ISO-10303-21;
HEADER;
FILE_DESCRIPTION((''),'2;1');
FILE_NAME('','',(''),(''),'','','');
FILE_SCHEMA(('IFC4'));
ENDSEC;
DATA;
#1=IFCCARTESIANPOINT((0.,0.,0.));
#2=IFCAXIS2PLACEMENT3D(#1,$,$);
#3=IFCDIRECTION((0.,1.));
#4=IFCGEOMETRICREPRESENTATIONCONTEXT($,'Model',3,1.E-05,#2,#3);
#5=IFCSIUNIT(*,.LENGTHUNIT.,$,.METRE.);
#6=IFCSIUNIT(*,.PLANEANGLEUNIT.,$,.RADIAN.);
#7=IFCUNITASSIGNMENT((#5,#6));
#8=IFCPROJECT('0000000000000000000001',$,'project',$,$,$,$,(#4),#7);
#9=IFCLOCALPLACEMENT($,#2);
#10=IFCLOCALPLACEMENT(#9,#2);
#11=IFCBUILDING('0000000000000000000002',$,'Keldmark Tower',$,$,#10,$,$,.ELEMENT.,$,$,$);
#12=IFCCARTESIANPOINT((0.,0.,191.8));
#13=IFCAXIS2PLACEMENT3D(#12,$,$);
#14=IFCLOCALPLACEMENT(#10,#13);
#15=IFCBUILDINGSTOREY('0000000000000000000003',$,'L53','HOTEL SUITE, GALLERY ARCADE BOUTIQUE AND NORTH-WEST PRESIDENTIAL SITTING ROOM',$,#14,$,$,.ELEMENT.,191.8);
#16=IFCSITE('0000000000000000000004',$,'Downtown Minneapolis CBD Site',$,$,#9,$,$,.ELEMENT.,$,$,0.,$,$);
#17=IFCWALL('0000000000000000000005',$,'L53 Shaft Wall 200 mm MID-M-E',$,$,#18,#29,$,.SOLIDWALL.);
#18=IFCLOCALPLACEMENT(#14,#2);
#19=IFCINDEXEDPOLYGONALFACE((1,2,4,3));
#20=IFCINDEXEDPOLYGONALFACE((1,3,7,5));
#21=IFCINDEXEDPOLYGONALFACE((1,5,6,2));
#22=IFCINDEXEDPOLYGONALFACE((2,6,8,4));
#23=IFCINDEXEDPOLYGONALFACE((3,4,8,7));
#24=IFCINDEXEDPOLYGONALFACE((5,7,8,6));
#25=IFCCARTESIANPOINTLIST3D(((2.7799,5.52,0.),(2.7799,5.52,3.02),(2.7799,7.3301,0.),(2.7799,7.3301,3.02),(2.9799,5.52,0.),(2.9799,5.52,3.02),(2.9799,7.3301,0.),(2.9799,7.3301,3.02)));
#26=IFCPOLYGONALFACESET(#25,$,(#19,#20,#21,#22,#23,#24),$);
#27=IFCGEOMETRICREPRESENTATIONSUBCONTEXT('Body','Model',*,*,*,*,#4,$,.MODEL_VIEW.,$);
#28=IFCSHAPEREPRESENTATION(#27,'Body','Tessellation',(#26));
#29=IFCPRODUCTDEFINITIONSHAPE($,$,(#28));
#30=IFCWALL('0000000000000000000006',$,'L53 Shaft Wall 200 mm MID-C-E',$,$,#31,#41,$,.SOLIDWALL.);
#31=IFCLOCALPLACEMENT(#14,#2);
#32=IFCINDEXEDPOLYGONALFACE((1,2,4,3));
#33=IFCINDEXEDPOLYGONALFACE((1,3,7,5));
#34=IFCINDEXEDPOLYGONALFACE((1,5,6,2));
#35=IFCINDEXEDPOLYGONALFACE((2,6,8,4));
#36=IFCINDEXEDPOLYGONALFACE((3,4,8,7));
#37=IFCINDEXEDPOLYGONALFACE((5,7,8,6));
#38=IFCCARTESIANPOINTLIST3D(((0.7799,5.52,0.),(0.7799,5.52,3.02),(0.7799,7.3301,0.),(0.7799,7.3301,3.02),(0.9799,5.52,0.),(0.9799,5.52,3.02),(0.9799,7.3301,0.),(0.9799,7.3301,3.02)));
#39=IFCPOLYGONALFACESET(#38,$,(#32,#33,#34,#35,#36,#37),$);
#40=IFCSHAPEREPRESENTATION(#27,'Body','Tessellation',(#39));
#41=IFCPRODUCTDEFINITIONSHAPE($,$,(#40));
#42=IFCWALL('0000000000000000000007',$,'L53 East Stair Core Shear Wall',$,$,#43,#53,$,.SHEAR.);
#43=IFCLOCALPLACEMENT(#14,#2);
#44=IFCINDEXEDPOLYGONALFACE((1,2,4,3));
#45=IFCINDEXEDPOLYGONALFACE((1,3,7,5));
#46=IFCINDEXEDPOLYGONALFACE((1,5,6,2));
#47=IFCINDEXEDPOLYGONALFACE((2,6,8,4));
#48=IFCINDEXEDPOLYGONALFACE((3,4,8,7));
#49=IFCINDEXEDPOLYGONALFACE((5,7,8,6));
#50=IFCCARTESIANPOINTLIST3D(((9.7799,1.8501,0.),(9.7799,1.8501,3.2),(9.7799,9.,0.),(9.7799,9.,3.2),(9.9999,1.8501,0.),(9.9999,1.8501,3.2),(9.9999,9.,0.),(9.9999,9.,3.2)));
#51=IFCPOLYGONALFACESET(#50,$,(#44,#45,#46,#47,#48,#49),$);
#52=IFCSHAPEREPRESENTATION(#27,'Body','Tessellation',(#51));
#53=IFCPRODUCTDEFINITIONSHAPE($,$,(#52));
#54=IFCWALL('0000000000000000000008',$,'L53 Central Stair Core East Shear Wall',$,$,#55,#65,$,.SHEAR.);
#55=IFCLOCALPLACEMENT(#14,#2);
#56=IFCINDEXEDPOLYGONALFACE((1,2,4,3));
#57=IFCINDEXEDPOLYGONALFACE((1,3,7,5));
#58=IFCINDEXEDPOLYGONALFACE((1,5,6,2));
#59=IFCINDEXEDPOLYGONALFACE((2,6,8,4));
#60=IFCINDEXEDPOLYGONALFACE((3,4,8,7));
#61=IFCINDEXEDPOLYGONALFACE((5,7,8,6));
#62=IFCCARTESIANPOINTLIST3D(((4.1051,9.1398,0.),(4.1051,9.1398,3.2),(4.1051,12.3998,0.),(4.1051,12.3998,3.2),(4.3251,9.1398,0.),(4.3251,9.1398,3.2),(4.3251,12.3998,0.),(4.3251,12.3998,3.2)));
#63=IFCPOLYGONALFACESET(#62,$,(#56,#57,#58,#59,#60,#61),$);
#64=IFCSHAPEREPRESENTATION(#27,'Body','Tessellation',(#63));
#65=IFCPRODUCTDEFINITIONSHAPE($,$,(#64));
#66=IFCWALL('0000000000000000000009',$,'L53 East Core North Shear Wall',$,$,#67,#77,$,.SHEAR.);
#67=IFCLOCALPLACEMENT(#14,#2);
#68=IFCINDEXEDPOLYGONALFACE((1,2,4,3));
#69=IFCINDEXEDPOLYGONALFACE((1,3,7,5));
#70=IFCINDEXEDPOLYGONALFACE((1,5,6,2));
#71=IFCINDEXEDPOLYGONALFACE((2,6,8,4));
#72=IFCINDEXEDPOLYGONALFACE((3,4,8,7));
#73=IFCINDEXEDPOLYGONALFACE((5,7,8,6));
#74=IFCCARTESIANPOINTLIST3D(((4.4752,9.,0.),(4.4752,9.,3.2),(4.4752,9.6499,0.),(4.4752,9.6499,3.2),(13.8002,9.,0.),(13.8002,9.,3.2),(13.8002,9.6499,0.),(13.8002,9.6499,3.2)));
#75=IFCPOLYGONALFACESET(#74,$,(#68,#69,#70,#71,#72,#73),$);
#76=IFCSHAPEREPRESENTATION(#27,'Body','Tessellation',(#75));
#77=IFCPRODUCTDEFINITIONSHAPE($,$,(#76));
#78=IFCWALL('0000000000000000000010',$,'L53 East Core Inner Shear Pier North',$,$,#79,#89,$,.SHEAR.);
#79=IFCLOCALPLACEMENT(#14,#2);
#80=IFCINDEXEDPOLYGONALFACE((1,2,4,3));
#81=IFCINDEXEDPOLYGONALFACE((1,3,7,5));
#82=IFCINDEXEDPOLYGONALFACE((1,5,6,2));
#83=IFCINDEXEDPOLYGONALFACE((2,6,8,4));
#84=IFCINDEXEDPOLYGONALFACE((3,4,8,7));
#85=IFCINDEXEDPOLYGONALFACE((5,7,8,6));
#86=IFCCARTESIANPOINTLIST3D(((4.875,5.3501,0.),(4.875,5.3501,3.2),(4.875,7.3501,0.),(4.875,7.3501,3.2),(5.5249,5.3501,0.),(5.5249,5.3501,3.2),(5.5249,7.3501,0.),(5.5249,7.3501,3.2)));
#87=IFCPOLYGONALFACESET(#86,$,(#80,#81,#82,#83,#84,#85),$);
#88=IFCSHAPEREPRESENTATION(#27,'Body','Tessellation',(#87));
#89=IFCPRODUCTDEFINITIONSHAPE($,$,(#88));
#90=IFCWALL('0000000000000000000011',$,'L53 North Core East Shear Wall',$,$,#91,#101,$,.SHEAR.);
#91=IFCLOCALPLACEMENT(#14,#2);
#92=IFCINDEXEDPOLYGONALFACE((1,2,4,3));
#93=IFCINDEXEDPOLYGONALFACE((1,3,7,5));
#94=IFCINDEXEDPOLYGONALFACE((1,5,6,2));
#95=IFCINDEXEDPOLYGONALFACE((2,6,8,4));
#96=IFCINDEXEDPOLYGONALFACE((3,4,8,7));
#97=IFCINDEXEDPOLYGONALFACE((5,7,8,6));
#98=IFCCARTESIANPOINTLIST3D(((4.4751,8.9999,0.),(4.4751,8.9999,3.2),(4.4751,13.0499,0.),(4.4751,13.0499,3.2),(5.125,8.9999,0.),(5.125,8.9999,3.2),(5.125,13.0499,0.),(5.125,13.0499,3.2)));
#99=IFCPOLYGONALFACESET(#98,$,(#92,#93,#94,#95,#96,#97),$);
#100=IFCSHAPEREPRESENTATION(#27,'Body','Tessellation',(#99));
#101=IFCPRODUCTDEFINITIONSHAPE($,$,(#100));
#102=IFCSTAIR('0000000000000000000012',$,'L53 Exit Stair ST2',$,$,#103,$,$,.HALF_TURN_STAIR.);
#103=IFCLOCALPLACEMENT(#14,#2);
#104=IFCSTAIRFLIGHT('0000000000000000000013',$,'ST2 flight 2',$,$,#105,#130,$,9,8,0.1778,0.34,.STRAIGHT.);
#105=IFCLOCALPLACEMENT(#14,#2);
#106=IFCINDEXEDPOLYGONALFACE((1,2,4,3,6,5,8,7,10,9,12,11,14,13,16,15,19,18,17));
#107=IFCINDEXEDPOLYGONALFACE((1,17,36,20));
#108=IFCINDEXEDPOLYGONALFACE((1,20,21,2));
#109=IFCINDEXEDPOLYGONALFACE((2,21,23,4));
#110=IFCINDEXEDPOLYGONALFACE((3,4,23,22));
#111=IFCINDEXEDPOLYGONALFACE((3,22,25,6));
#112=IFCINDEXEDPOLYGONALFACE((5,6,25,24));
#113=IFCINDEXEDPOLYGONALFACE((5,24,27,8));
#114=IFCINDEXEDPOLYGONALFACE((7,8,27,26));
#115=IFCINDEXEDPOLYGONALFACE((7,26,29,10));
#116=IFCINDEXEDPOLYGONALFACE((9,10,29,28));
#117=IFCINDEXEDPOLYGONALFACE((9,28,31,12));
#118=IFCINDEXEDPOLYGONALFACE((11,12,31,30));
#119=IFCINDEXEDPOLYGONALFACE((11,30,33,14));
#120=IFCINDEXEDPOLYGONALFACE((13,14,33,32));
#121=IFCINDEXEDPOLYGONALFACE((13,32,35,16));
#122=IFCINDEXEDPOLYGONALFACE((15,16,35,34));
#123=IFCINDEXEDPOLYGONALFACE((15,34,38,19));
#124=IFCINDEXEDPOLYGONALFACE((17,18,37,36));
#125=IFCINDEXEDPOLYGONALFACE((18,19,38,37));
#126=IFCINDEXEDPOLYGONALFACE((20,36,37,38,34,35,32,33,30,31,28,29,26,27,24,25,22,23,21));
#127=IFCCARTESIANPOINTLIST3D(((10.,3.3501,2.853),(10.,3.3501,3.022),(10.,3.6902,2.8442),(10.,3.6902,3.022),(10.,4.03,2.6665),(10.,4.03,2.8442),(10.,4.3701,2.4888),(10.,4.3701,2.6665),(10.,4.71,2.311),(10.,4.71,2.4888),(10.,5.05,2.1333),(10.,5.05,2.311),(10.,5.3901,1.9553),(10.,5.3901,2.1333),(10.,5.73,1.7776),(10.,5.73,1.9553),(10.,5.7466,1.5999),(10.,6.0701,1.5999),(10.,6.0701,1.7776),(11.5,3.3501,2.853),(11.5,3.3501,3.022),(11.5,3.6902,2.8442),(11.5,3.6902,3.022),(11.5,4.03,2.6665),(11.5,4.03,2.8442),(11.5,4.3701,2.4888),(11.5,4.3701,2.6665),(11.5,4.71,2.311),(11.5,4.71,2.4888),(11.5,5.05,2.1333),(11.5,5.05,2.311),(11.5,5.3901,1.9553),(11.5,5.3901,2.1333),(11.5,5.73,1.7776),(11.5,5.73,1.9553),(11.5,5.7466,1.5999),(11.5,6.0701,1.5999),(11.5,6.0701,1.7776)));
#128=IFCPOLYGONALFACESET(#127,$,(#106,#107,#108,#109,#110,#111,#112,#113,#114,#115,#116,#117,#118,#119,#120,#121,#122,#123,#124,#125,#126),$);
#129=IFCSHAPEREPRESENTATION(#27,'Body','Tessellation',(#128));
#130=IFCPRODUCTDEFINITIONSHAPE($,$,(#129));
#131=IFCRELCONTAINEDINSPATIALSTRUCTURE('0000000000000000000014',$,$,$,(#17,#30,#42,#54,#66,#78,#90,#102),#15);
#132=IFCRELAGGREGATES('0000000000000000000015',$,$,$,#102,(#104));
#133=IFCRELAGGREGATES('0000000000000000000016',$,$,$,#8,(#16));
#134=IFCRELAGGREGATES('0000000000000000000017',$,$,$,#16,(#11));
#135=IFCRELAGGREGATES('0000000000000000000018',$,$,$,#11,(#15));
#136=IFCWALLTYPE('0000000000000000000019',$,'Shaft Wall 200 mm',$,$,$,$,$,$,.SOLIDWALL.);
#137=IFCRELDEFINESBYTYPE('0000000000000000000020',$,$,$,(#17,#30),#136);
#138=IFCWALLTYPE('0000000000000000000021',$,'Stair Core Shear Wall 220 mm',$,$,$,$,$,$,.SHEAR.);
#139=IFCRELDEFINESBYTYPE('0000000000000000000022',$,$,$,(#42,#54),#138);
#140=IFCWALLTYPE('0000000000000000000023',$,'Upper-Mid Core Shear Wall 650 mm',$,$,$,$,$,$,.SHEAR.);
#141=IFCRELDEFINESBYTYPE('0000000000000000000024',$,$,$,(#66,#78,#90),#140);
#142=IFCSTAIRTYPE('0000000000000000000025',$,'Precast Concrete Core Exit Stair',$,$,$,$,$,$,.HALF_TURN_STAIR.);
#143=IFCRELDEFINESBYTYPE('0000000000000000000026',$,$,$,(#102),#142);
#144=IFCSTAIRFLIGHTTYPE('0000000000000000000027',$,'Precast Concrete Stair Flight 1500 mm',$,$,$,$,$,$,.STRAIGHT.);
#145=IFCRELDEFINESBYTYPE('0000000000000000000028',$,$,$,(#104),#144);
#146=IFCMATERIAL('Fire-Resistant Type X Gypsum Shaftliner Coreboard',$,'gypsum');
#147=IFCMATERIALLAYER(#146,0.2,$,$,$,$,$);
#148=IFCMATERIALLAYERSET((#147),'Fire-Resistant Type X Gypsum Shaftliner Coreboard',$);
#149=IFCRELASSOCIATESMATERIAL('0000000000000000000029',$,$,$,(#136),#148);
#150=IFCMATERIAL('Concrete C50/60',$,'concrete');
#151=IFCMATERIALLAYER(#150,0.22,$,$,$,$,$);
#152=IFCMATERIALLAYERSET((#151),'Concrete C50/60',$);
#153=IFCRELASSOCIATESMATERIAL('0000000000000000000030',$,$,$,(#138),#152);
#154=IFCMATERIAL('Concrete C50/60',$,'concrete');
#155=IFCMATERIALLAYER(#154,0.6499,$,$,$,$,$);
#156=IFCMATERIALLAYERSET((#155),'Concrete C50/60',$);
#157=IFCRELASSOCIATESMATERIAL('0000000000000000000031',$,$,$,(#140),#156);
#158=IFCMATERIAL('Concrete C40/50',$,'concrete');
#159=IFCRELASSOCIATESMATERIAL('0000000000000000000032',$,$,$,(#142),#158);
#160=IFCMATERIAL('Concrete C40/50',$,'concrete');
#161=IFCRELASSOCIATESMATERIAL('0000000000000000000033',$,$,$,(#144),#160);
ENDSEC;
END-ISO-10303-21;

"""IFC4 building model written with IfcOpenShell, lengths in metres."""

from ifc_helpers import new_model, si_unit, direction, frame, frame_2d, origin, place, context, subcontext, project, spatial, polyline, rectangle, outline, extrude, material, layer, layer_set, type_object, element, aggregate, save


model = new_model("IFC4")

# Units and contexts
model_context = context("Model", 3, precision=1e-05, world=origin(), true_north=direction((0.0, 1.0)))
body_context = subcontext(model_context, "Body", "Model", "MODEL_VIEW")
ifc_project = project(units=[si_unit("LENGTHUNIT", "METRE"), si_unit("PLANEANGLEUNIT", "RADIAN")], contexts=[model_context])

# Site, building, storey
site_placement = place(None, origin())
site = spatial("IfcSite", under=ifc_project, at=site_placement, Name="Downtown Minneapolis CBD Site", CompositionType="ELEMENT", RefElevation=0.0)
building_placement = place(site_placement, origin())
building = spatial("IfcBuilding", under=site, at=building_placement, Name="Keldmark Tower", CompositionType="ELEMENT")
storey_placement = place(building_placement, frame((0.0, 0.0, 191.8)))
storey = spatial("IfcBuildingStorey", under=building, at=storey_placement, Name="L53", Description="HOTEL SUITE, GALLERY ARCADE BOUTIQUE AND NORTH-WEST PRESIDENTIAL SITTING ROOM", CompositionType="ELEMENT", Elevation=191.8)

# Shared definitions
ifc_material_1 = material(Name="Fire-Resistant Type X Gypsum Shaftliner Coreboard", Category="gypsum")
ifc_layer_1 = layer(ifc_material_1, 0.2)
ifc_layer_set_1 = layer_set([ifc_layer_1], Name="Fire-Resistant Type X Gypsum Shaftliner Coreboard")
wall_type_1 = type_object("IfcWallType", Name="Shaft Wall 200 mm", PredefinedType="SOLIDWALL", material=ifc_layer_set_1)

# Walls
for number, where, z_axis, x_axis, name in (
    (1, (2.8799, 5.52, 0.0), (0.0, 0.0, 1.0), (0.0, 1.0, 0.0), "L53 Shaft Wall 200 mm MID-M-E"),
    (2, (0.8799, 5.52, 0.0), (0.0, 0.0, 1.0), (0.0, 1.0, 0.0), "L53 Shaft Wall 200 mm MID-C-E"),
):
    element("IfcWall", number, at=place(storey_placement, frame(where, z_axis=z_axis, x_axis=x_axis)), inside=storey, type_object=wall_type_1, Name=name, PredefinedType="SOLIDWALL", context=body_context, shape_type="SweptSolid", body=[
        extrude(rectangle(XDim=1.8101, YDim=0.2, at=frame_2d((0.905, 0.0))), origin(), (0.0, 0.0, 1.0), 3.02),
    ])
ifc_material_2 = material(Name="Concrete C50/60", Category="concrete")
ifc_layer_2 = layer(ifc_material_2, 0.22)
ifc_layer_set_2 = layer_set([ifc_layer_2], Name="Concrete C50/60")
wall_type_2 = type_object("IfcWallType", Name="Stair Core Shear Wall 220 mm", PredefinedType="SHEAR", material=ifc_layer_set_2)
wall_1_placement = place(storey_placement, frame((9.8899, 1.8501, 0.0), z_axis=(0.0, 0.0, 1.0), x_axis=(0.0, 1.0, 0.0)))
element("IfcWall", 3, at=wall_1_placement, inside=storey, type_object=wall_type_2, Name="L53 East Stair Core Shear Wall", PredefinedType="SHEAR", context=body_context, shape_type="SweptSolid", body=[
    extrude(rectangle(XDim=7.1499, YDim=0.22, at=frame_2d((3.575, 0.0))), origin(), (0.0, 0.0, 1.0), 3.2),
])
wall_2_placement = place(storey_placement, frame((4.2151, 9.1399, 0.0), z_axis=(0.0, 0.0, 1.0), x_axis=(0.0, 1.0, 0.0)))
element("IfcWall", 4, at=wall_2_placement, inside=storey, type_object=wall_type_2, Name="L53 Central Stair Core East Shear Wall", PredefinedType="SHEAR", context=body_context, shape_type="SweptSolid", body=[
    extrude(rectangle(XDim=3.26, YDim=0.22, at=frame_2d((1.6299, 0.0))), origin(), (0.0, 0.0, 1.0), 3.2),
])
ifc_material_3 = material(Name="Concrete C50/60", Category="concrete")
ifc_layer_3 = layer(ifc_material_3, 0.6499)
ifc_layer_set_3 = layer_set([ifc_layer_3], Name="Concrete C50/60")
wall_type_3 = type_object("IfcWallType", Name="Upper-Mid Core Shear Wall 650 mm", PredefinedType="SHEAR", material=ifc_layer_set_3)
wall_3_placement = place(storey_placement, frame((4.4751, 9.325, 0.0), z_axis=(0.0, 0.0, 1.0), x_axis=(1.0, 0.0, 0.0)))
element("IfcWall", 5, at=wall_3_placement, inside=storey, type_object=wall_type_3, Name="L53 East Core North Shear Wall", PredefinedType="SHEAR", context=body_context, shape_type="SweptSolid", body=[
    extrude(rectangle(XDim=9.325, YDim=0.6499, at=frame_2d((4.6626, 0.0))), origin(), (0.0, 0.0, 1.0), 3.2),
])
wall_4_placement = place(storey_placement, frame((5.2, 5.3501, 0.0), z_axis=(0.0, 0.0, 1.0), x_axis=(0.0, 1.0, 0.0)))
element("IfcWall", 6, at=wall_4_placement, inside=storey, type_object=wall_type_3, Name="L53 East Core Inner Shear Pier North", PredefinedType="SHEAR", context=body_context, shape_type="SweptSolid", body=[
    extrude(rectangle(XDim=2.0, YDim=0.6499, at=frame_2d((1.0, 0.0))), origin(), (0.0, 0.0, 1.0), 3.2),
])
wall_5_placement = place(storey_placement, frame((4.8, 9.0, 0.0), z_axis=(0.0, 0.0, 1.0), x_axis=(0.0, 1.0, 0.0)))
element("IfcWall", 7, at=wall_5_placement, inside=storey, type_object=wall_type_3, Name="L53 North Core East Shear Wall", PredefinedType="SHEAR", context=body_context, shape_type="SweptSolid", body=[
    extrude(rectangle(XDim=4.05, YDim=0.6499, at=frame_2d((2.0249, 0.0))), origin(), (0.0, 0.0, 1.0), 3.2),
])

# Stair, stair flight
ifc_material_4 = material(Name="Concrete C40/50", Category="concrete")
stair_type = type_object("IfcStairType", Name="Precast Concrete Core Exit Stair", PredefinedType="HALF_TURN_STAIR", material=ifc_material_4)
stair_placement = place(storey_placement, origin())
stair = element("IfcStair", 8, at=stair_placement, inside=storey, type_object=stair_type, Name="L53 Exit Stair ST2", PredefinedType="HALF_TURN_STAIR")
ifc_material_5 = material(Name="Concrete C40/50", Category="concrete")
stair_flight_type = type_object("IfcStairFlightType", Name="Precast Concrete Stair Flight 1500 mm", PredefinedType="STRAIGHT", material=ifc_material_5)
stair_flight_placement = place(storey_placement, frame((10.75, 6.0701, 1.5999), z_axis=(0.0, 0.0, 1.0), x_axis=(0.0, -1.0, 0.0)))
stair_flight = element("IfcStairFlight", 9, at=stair_flight_placement, type_object=stair_flight_type, Name="ST2 flight 2", NumberOfRisers=9, NumberOfTreads=8, PredefinedType="STRAIGHT", RiserHeight=0.1778, TreadLength=0.34, context=body_context, shape_type="SweptSolid", body=[
    extrude(outline(polyline([(0.0, 0.0), (0.0, 0.1777), (0.3401, 0.1777), (0.3401, 0.3555), (0.6799, 0.3555), (0.6799, 0.5334), (1.02, 0.5334), (1.02, 0.7112), (1.3601, 0.7112), (1.3601, 0.8889), (1.7, 0.8889), (1.7, 1.0667), (2.04, 1.0667), (2.04, 1.2444), (2.3799, 1.2444), (2.3799, 1.4221), (2.72, 1.4221), (2.72, 1.6001), (2.72, 1.2532), (0.3235, 0.0), (0.0, 0.0)])), frame((0.0, 0.75, 0.0), z_axis=(0.0, -1.0, 0.0), x_axis=(1.0, 0.0, 0.0)), (0.0, 0.0, 1.0), 1.5),
])
aggregate(stair, [stair_flight])

save(model, "model.ifc")
